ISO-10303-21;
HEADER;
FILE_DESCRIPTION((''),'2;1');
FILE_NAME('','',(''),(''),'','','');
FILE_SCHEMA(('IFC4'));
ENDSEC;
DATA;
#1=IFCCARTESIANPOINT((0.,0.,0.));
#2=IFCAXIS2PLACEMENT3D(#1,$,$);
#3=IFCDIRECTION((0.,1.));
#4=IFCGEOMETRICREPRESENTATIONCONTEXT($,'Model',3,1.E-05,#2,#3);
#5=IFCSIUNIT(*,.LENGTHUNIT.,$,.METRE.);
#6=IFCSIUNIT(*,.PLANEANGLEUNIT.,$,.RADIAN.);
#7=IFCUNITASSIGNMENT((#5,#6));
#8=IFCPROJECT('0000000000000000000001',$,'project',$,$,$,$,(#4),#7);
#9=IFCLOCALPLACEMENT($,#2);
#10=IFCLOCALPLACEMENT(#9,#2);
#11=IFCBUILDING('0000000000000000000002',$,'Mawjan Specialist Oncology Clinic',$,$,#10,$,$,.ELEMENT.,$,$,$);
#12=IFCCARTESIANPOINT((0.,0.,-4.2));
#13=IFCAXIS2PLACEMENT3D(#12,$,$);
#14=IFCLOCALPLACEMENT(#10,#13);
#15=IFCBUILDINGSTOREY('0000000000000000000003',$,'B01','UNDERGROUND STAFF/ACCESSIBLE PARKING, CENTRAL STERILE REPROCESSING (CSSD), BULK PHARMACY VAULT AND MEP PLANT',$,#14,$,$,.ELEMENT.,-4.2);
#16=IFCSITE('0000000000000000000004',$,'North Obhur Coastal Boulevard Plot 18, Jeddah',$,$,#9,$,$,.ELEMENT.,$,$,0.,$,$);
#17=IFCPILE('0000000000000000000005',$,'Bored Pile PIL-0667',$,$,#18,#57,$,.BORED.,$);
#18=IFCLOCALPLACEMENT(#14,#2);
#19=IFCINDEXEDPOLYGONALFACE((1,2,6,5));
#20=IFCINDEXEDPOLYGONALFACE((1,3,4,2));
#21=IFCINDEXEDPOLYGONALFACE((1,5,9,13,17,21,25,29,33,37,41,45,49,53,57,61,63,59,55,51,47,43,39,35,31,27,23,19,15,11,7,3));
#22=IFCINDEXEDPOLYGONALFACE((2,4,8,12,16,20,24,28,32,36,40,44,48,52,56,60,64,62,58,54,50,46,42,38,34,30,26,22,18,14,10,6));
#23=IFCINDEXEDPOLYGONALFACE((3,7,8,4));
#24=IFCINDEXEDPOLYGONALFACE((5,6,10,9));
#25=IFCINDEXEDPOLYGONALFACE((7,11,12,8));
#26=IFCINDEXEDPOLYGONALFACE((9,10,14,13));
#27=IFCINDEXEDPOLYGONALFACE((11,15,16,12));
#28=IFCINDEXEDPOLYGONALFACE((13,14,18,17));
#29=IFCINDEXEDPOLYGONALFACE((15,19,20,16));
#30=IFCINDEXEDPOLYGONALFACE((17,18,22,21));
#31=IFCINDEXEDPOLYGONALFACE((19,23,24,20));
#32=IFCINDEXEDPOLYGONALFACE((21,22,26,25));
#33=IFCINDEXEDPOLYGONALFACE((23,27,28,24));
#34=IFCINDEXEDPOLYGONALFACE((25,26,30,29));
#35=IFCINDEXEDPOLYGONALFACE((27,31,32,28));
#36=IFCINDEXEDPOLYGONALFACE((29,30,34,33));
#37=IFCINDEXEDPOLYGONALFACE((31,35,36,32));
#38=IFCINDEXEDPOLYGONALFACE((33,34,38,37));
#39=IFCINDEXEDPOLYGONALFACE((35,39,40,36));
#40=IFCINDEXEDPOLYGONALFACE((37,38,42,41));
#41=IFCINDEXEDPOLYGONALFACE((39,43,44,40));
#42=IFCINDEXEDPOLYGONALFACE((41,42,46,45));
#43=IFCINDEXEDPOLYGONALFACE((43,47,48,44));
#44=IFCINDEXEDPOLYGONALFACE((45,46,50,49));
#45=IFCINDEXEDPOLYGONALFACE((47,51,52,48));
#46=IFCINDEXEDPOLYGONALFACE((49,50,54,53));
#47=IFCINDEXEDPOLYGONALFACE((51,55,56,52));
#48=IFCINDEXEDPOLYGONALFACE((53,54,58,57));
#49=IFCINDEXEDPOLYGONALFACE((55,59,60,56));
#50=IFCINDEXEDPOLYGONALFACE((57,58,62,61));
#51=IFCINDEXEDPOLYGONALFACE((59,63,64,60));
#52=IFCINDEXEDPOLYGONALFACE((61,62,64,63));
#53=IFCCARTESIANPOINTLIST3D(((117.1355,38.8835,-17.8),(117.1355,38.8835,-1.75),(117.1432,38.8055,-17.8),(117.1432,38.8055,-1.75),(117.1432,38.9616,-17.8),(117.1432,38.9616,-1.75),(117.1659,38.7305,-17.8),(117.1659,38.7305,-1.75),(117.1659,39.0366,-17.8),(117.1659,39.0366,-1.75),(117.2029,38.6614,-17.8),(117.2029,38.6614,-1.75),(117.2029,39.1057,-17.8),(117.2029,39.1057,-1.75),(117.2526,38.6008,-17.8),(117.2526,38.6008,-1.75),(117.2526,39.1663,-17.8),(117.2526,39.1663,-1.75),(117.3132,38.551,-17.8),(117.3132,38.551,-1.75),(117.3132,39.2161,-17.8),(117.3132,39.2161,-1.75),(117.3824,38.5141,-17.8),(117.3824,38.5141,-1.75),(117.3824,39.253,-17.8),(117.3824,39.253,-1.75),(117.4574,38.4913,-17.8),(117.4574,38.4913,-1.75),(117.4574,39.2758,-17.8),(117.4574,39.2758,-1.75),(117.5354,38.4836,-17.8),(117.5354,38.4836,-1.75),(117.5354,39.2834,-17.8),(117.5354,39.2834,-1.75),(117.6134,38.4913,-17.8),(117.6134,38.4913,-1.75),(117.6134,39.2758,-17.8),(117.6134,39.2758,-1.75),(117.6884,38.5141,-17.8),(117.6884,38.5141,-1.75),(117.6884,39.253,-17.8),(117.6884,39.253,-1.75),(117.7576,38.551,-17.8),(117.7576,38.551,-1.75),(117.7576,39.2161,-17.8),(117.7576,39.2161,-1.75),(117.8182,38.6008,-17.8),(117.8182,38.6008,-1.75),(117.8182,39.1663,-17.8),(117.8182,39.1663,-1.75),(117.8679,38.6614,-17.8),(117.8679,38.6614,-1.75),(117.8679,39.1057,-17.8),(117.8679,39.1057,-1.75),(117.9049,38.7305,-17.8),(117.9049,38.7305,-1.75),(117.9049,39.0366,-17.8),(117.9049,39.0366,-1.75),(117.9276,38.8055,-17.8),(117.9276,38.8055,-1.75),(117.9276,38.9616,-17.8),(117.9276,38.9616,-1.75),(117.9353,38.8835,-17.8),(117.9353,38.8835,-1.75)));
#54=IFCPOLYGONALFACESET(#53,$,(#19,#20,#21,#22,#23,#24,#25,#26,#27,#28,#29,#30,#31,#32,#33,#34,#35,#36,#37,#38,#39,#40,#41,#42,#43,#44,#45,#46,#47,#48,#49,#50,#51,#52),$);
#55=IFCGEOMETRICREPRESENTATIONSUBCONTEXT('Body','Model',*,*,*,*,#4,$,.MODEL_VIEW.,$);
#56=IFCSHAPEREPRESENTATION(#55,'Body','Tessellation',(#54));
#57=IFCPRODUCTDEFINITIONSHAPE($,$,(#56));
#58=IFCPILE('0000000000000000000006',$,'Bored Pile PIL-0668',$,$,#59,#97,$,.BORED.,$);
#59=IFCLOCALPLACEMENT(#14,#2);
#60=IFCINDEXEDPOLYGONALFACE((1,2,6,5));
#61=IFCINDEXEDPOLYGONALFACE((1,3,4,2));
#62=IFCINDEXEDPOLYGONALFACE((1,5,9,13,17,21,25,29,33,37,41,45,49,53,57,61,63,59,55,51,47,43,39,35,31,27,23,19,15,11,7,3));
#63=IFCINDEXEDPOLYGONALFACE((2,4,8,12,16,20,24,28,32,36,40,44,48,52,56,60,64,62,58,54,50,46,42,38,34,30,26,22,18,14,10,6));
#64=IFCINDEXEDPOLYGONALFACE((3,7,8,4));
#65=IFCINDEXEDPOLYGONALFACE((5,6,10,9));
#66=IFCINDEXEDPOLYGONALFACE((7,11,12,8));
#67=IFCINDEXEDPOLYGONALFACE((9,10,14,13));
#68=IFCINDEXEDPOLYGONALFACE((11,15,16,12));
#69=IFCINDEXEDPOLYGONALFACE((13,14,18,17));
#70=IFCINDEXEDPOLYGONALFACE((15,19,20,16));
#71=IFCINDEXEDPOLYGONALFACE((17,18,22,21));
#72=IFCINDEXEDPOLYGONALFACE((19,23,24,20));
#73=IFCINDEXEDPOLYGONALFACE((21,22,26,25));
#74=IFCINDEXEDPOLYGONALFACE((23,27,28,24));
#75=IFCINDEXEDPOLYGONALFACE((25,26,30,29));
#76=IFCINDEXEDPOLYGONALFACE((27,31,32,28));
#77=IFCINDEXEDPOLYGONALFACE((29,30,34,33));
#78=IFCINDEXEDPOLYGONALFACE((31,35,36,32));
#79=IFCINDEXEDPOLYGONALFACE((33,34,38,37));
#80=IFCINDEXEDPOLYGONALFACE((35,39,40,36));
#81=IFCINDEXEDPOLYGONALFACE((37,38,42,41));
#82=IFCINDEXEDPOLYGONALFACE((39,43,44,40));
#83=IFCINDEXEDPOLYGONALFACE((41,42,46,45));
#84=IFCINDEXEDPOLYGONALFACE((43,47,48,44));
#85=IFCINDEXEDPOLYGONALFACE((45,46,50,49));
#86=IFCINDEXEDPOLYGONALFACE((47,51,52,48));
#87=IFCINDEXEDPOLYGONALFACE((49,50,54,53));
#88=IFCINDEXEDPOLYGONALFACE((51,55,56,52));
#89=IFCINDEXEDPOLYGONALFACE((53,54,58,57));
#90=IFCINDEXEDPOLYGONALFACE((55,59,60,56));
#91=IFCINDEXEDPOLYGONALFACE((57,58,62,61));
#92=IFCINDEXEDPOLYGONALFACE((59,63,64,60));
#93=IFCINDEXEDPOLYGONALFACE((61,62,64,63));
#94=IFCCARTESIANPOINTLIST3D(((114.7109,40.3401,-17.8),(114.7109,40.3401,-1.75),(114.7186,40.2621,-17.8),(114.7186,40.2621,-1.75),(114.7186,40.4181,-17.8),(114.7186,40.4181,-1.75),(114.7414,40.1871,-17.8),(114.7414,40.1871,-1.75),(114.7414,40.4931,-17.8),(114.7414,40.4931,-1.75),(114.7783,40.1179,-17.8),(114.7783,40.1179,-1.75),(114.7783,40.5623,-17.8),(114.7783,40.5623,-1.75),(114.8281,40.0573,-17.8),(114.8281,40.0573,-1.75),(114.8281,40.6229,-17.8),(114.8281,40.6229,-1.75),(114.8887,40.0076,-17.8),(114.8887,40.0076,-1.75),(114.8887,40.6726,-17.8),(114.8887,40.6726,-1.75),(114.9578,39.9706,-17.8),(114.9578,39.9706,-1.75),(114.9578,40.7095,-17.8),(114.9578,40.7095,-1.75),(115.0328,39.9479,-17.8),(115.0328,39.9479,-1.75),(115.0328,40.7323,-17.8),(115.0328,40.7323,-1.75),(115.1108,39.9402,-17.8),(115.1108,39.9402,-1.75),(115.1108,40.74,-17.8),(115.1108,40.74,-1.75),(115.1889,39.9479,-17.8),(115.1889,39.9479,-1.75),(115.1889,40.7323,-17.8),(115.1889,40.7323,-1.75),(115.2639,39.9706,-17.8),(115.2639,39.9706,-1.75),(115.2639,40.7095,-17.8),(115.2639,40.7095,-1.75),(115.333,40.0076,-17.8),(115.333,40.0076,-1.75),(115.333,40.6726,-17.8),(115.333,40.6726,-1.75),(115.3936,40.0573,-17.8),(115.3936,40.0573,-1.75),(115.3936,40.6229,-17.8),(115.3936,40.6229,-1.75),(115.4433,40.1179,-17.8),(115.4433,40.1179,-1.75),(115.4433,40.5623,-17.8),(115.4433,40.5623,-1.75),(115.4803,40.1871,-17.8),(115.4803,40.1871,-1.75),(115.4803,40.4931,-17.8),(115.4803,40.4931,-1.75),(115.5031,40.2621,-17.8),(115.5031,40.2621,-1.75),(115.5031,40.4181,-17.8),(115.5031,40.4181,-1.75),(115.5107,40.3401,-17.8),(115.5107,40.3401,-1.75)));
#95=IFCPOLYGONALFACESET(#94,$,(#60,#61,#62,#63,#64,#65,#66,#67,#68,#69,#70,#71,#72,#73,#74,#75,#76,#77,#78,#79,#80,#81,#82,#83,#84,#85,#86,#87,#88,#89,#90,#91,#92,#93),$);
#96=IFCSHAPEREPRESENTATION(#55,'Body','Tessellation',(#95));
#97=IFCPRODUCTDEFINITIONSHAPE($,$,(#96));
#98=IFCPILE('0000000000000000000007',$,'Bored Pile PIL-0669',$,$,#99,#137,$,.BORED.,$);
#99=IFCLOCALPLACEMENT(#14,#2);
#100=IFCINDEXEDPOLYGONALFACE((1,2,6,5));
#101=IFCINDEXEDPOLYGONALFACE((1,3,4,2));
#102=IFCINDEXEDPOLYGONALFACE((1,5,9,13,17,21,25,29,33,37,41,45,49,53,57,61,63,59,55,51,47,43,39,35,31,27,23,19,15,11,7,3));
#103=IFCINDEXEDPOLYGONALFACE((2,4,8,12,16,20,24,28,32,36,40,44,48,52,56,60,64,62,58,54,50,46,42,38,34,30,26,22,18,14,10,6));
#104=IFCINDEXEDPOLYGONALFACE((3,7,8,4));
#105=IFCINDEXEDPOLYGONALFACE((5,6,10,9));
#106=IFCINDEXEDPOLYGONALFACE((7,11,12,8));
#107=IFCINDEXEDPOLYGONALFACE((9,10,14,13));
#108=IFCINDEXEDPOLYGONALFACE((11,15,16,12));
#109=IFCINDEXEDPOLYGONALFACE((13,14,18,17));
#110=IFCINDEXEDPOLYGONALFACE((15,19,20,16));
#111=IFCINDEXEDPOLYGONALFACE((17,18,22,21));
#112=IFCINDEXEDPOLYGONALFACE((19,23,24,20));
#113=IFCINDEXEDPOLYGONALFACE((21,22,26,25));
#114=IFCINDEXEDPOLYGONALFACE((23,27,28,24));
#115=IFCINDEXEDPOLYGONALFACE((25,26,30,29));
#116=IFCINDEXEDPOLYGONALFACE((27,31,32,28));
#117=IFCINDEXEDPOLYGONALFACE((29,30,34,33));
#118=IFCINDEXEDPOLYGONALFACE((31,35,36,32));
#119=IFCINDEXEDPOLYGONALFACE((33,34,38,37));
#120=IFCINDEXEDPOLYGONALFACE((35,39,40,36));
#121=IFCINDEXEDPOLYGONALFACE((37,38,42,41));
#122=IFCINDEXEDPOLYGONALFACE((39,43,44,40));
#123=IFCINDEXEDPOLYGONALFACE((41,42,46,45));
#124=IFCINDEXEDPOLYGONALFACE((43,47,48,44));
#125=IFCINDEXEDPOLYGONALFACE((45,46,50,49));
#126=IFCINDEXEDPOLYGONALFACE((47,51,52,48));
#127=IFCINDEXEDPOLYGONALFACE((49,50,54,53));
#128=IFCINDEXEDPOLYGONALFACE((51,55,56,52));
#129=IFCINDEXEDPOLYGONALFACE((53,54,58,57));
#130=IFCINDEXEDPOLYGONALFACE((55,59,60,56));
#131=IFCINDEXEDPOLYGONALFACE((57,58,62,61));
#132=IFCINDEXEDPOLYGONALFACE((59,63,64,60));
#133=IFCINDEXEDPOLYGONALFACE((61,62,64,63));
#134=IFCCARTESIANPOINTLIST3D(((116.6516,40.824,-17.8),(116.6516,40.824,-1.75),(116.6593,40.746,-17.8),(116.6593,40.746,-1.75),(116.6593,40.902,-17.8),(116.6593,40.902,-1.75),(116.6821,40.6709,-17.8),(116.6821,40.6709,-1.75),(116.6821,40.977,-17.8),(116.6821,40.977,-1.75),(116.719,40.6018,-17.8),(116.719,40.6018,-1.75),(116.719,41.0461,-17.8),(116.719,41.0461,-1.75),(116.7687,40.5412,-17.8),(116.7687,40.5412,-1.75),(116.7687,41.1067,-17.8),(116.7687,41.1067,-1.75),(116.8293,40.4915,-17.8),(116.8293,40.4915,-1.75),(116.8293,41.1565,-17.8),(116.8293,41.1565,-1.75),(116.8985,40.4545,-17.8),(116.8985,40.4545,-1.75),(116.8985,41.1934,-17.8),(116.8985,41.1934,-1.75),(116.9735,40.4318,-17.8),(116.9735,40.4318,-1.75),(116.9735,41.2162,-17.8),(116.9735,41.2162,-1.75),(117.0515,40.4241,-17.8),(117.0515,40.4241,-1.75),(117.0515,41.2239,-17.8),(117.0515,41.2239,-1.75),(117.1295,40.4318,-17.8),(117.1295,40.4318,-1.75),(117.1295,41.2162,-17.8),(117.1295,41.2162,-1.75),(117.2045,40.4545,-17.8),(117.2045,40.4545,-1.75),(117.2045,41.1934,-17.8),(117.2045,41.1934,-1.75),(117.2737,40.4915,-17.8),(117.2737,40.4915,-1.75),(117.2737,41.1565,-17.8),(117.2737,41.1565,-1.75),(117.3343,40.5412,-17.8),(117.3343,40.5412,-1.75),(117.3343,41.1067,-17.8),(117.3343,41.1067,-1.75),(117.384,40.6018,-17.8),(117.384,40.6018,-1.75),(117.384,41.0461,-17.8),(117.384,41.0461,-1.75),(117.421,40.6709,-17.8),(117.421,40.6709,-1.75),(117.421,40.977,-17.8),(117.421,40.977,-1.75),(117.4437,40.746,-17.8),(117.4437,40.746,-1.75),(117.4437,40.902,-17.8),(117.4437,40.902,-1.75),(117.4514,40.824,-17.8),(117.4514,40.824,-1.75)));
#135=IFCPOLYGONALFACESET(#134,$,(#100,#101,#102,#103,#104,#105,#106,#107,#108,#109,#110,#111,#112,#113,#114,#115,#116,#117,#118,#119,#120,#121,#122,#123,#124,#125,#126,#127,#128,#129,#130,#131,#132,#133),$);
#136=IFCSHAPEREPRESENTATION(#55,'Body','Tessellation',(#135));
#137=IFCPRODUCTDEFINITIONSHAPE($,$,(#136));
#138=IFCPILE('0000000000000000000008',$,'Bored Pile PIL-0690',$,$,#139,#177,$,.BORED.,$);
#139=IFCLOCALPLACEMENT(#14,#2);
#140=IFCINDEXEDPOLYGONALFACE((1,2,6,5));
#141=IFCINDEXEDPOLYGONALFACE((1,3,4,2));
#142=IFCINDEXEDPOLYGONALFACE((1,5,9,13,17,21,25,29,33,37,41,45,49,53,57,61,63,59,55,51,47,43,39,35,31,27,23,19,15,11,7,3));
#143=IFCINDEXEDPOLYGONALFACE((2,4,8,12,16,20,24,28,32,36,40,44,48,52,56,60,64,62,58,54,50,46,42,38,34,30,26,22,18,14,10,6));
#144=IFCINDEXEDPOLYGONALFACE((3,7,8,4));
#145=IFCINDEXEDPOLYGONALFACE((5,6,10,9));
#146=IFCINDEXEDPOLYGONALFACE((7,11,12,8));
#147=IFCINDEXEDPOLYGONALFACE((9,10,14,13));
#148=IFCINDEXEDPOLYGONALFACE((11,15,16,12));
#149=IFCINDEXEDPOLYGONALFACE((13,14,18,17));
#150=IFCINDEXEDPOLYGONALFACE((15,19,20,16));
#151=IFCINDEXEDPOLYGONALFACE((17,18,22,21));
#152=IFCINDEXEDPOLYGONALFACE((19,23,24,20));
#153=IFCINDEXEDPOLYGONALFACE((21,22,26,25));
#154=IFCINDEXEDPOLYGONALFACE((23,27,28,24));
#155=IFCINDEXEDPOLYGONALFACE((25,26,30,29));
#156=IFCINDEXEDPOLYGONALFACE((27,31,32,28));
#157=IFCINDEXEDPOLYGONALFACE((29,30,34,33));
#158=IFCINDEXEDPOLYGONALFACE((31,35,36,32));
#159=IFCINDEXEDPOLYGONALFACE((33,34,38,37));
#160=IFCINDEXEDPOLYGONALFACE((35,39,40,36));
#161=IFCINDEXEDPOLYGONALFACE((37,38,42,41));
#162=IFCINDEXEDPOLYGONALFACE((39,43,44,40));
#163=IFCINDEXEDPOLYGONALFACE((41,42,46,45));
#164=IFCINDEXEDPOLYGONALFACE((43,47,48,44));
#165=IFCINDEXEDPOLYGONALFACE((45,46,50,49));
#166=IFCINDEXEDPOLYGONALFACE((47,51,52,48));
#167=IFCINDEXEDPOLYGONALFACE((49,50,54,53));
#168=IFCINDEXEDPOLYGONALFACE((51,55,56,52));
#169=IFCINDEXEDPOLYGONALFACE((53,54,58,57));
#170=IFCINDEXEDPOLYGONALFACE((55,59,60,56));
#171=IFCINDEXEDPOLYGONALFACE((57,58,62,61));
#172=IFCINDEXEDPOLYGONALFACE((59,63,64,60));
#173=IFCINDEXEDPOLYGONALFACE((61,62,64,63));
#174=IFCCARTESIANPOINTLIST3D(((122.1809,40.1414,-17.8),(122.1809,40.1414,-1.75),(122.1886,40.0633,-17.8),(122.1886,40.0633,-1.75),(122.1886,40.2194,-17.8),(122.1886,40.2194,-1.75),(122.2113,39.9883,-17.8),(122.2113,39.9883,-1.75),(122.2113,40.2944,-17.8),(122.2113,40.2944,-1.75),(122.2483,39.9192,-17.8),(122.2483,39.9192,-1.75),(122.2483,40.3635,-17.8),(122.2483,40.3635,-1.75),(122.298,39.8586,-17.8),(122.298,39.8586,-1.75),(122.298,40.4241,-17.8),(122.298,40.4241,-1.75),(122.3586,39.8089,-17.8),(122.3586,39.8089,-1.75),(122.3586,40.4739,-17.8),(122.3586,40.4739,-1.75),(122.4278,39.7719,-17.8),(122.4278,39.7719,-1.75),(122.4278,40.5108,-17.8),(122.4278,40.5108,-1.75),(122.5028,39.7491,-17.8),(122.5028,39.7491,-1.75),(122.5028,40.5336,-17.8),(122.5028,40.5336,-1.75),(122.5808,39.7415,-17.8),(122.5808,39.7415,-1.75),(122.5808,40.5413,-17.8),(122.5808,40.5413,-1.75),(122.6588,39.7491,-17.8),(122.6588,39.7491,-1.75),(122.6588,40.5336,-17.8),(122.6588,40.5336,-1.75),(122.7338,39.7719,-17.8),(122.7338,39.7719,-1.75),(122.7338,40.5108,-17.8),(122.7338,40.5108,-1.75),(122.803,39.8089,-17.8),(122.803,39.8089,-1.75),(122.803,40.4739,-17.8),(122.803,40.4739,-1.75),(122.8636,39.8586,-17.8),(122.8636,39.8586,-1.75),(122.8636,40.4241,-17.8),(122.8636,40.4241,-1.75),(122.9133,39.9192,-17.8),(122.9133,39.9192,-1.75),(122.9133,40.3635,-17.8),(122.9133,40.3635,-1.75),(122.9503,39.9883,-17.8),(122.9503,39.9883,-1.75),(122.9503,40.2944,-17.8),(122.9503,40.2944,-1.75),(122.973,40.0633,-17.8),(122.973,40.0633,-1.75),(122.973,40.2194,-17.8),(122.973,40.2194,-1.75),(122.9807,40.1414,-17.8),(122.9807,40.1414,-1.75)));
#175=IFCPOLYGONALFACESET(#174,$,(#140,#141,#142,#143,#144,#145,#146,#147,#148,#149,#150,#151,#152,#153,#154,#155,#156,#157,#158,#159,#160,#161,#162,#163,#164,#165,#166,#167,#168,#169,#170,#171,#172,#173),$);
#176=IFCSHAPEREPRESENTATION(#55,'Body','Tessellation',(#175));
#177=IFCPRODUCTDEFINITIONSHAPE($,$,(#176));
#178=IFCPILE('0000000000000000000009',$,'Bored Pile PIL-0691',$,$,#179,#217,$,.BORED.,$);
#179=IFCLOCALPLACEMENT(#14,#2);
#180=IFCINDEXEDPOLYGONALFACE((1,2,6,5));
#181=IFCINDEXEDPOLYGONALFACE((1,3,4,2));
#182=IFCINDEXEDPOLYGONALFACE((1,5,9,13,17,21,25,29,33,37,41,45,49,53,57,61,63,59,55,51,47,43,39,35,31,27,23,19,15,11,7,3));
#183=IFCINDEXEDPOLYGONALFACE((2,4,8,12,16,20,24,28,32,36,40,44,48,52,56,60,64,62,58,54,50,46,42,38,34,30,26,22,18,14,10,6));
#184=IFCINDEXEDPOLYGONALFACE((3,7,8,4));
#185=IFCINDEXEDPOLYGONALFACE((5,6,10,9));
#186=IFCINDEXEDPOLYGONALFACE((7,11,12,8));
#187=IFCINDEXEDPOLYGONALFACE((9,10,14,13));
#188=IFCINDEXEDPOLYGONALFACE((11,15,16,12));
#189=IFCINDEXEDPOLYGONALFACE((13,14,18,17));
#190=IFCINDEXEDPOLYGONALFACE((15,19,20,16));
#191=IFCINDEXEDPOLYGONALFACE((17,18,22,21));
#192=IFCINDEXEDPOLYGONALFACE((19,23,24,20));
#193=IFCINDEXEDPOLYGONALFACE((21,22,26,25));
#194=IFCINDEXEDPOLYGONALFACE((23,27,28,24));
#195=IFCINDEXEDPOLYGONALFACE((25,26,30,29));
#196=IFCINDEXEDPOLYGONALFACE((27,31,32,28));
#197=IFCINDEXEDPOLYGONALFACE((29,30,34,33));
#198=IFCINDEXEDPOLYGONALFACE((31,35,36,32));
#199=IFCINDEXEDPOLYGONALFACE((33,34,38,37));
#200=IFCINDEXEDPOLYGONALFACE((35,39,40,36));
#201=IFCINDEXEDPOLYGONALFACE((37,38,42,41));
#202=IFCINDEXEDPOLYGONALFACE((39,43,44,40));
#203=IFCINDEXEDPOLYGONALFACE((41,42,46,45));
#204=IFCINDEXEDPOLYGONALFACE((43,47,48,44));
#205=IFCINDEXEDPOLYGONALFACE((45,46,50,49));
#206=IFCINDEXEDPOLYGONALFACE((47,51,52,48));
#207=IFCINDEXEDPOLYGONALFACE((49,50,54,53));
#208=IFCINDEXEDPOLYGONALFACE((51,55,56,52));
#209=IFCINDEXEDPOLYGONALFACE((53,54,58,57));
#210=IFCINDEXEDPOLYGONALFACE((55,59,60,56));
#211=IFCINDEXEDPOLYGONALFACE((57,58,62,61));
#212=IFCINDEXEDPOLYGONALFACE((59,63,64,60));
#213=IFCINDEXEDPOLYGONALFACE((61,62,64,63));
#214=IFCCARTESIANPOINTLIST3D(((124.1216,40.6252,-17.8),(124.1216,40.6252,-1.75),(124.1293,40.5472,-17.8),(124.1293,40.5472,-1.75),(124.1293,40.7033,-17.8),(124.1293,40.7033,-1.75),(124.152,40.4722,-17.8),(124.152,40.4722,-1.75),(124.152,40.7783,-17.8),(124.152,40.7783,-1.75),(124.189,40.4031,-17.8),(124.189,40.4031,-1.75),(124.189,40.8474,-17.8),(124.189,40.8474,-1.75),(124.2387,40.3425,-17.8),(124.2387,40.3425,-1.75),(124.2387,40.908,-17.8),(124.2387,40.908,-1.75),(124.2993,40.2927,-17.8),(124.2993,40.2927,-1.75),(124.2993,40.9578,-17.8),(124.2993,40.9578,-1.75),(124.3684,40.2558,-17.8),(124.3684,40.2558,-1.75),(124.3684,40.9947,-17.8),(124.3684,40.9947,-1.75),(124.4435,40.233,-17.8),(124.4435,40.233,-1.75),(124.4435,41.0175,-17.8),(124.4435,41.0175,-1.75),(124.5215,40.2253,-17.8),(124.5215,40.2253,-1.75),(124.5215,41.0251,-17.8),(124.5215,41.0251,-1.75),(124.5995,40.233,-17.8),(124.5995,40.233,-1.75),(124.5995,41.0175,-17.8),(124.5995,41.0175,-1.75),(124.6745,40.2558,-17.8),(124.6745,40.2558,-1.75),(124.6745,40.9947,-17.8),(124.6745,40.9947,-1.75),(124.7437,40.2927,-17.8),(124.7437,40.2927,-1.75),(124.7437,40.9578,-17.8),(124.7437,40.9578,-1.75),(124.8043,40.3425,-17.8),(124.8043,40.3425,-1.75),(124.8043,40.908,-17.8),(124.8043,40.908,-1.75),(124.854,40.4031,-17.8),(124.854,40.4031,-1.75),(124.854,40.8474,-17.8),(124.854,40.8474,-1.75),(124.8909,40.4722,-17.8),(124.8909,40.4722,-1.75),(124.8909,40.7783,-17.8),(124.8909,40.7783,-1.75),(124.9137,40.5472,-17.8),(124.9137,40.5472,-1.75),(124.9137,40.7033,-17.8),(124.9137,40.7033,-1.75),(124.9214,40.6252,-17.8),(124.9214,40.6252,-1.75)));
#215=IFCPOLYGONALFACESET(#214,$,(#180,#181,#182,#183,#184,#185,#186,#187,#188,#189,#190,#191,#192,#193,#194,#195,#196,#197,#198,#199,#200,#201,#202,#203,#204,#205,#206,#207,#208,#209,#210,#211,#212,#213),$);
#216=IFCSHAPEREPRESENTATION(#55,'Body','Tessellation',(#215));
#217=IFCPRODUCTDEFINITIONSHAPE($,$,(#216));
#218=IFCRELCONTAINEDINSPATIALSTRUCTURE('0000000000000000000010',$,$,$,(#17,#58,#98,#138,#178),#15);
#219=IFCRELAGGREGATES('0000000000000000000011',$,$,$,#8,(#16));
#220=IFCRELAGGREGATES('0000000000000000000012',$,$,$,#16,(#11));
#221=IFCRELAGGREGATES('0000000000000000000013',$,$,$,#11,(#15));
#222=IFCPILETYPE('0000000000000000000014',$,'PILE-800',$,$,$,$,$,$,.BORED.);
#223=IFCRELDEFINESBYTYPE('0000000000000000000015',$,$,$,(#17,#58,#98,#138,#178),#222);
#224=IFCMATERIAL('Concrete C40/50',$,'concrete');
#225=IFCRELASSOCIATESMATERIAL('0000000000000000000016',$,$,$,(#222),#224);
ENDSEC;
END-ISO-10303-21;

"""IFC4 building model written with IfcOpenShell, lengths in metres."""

from ifc_helpers import new_model, si_unit, direction, frame, origin, origin_2d, place, context, subcontext, project, spatial, circle, extrude, material, material_profile, profile_set, type_object, element, save


model = new_model("IFC4")

# Units and contexts
model_context = context("Model", 3, precision=1e-05, world=origin(), true_north=direction((0.0, 1.0)))
body_context = subcontext(model_context, "Body", "Model", "MODEL_VIEW")
ifc_project = project(units=[si_unit("LENGTHUNIT", "METRE"), si_unit("PLANEANGLEUNIT", "RADIAN")], contexts=[model_context])

# Site, building, storey
site_placement = place(None, origin())
site = spatial("IfcSite", under=ifc_project, at=site_placement, Name="North Obhur Coastal Boulevard Plot 18, Jeddah", CompositionType="ELEMENT", RefElevation=0.0)
building_placement = place(site_placement, origin())
building = spatial("IfcBuilding", under=site, at=building_placement, Name="Mawjan Specialist Oncology Clinic", CompositionType="ELEMENT")
storey_placement = place(building_placement, frame((0.0, 0.0, -4.2)))
storey = spatial("IfcBuildingStorey", under=building, at=storey_placement, Name="B01", Description="UNDERGROUND STAFF/ACCESSIBLE PARKING, CENTRAL STERILE REPROCESSING (CSSD), BULK PHARMACY VAULT AND MEP PLANT", CompositionType="ELEMENT", Elevation=-4.2)

# Piles
ifc_material_1 = material(Name="Concrete C40/50", Category="concrete")
ifc_material_profile_1 = material_profile(ifc_material_1, circle(Radius=0.3999, at=origin_2d()), Name="BORED PILE D800", Category="concrete")
ifc_profile_set_1 = profile_set([ifc_material_profile_1], Name="Concrete C40/50")
pile_type = type_object("IfcPileType", Name="PILE-800", PredefinedType="BORED", material=ifc_profile_set_1)
for number, where, z_axis, x_axis, name in (
    (1, (117.5354, 38.8835, -1.75), (0.0, 0.0, -1.0), (1.0, 0.0, 0.0), "Bored Pile PIL-0667"),
    (2, (115.1108, 40.3401, -1.75), (0.0, 0.0, -1.0), (1.0, 0.0, 0.0), "Bored Pile PIL-0668"),
    (3, (117.0515, 40.824, -1.75), (0.0, 0.0, -1.0), (1.0, 0.0, 0.0), "Bored Pile PIL-0669"),
    (4, (122.5808, 40.1414, -1.75), (0.0, 0.0, -1.0), (1.0, 0.0, 0.0), "Bored Pile PIL-0690"),
    (5, (124.5215, 40.6252, -1.75), (0.0, 0.0, -1.0), (1.0, 0.0, 0.0), "Bored Pile PIL-0691"),
):
    element("IfcPile", number, at=place(storey_placement, frame(where, z_axis=z_axis, x_axis=x_axis)), inside=storey, type_object=pile_type, Name=name, PredefinedType="BORED", context=body_context, shape_type="SweptSolid", body=[
        extrude(circle(Radius=0.3999, at=origin_2d()), origin(), (0.0, 0.0, 1.0), 16.05),
    ])

save(model, "model.ifc")
